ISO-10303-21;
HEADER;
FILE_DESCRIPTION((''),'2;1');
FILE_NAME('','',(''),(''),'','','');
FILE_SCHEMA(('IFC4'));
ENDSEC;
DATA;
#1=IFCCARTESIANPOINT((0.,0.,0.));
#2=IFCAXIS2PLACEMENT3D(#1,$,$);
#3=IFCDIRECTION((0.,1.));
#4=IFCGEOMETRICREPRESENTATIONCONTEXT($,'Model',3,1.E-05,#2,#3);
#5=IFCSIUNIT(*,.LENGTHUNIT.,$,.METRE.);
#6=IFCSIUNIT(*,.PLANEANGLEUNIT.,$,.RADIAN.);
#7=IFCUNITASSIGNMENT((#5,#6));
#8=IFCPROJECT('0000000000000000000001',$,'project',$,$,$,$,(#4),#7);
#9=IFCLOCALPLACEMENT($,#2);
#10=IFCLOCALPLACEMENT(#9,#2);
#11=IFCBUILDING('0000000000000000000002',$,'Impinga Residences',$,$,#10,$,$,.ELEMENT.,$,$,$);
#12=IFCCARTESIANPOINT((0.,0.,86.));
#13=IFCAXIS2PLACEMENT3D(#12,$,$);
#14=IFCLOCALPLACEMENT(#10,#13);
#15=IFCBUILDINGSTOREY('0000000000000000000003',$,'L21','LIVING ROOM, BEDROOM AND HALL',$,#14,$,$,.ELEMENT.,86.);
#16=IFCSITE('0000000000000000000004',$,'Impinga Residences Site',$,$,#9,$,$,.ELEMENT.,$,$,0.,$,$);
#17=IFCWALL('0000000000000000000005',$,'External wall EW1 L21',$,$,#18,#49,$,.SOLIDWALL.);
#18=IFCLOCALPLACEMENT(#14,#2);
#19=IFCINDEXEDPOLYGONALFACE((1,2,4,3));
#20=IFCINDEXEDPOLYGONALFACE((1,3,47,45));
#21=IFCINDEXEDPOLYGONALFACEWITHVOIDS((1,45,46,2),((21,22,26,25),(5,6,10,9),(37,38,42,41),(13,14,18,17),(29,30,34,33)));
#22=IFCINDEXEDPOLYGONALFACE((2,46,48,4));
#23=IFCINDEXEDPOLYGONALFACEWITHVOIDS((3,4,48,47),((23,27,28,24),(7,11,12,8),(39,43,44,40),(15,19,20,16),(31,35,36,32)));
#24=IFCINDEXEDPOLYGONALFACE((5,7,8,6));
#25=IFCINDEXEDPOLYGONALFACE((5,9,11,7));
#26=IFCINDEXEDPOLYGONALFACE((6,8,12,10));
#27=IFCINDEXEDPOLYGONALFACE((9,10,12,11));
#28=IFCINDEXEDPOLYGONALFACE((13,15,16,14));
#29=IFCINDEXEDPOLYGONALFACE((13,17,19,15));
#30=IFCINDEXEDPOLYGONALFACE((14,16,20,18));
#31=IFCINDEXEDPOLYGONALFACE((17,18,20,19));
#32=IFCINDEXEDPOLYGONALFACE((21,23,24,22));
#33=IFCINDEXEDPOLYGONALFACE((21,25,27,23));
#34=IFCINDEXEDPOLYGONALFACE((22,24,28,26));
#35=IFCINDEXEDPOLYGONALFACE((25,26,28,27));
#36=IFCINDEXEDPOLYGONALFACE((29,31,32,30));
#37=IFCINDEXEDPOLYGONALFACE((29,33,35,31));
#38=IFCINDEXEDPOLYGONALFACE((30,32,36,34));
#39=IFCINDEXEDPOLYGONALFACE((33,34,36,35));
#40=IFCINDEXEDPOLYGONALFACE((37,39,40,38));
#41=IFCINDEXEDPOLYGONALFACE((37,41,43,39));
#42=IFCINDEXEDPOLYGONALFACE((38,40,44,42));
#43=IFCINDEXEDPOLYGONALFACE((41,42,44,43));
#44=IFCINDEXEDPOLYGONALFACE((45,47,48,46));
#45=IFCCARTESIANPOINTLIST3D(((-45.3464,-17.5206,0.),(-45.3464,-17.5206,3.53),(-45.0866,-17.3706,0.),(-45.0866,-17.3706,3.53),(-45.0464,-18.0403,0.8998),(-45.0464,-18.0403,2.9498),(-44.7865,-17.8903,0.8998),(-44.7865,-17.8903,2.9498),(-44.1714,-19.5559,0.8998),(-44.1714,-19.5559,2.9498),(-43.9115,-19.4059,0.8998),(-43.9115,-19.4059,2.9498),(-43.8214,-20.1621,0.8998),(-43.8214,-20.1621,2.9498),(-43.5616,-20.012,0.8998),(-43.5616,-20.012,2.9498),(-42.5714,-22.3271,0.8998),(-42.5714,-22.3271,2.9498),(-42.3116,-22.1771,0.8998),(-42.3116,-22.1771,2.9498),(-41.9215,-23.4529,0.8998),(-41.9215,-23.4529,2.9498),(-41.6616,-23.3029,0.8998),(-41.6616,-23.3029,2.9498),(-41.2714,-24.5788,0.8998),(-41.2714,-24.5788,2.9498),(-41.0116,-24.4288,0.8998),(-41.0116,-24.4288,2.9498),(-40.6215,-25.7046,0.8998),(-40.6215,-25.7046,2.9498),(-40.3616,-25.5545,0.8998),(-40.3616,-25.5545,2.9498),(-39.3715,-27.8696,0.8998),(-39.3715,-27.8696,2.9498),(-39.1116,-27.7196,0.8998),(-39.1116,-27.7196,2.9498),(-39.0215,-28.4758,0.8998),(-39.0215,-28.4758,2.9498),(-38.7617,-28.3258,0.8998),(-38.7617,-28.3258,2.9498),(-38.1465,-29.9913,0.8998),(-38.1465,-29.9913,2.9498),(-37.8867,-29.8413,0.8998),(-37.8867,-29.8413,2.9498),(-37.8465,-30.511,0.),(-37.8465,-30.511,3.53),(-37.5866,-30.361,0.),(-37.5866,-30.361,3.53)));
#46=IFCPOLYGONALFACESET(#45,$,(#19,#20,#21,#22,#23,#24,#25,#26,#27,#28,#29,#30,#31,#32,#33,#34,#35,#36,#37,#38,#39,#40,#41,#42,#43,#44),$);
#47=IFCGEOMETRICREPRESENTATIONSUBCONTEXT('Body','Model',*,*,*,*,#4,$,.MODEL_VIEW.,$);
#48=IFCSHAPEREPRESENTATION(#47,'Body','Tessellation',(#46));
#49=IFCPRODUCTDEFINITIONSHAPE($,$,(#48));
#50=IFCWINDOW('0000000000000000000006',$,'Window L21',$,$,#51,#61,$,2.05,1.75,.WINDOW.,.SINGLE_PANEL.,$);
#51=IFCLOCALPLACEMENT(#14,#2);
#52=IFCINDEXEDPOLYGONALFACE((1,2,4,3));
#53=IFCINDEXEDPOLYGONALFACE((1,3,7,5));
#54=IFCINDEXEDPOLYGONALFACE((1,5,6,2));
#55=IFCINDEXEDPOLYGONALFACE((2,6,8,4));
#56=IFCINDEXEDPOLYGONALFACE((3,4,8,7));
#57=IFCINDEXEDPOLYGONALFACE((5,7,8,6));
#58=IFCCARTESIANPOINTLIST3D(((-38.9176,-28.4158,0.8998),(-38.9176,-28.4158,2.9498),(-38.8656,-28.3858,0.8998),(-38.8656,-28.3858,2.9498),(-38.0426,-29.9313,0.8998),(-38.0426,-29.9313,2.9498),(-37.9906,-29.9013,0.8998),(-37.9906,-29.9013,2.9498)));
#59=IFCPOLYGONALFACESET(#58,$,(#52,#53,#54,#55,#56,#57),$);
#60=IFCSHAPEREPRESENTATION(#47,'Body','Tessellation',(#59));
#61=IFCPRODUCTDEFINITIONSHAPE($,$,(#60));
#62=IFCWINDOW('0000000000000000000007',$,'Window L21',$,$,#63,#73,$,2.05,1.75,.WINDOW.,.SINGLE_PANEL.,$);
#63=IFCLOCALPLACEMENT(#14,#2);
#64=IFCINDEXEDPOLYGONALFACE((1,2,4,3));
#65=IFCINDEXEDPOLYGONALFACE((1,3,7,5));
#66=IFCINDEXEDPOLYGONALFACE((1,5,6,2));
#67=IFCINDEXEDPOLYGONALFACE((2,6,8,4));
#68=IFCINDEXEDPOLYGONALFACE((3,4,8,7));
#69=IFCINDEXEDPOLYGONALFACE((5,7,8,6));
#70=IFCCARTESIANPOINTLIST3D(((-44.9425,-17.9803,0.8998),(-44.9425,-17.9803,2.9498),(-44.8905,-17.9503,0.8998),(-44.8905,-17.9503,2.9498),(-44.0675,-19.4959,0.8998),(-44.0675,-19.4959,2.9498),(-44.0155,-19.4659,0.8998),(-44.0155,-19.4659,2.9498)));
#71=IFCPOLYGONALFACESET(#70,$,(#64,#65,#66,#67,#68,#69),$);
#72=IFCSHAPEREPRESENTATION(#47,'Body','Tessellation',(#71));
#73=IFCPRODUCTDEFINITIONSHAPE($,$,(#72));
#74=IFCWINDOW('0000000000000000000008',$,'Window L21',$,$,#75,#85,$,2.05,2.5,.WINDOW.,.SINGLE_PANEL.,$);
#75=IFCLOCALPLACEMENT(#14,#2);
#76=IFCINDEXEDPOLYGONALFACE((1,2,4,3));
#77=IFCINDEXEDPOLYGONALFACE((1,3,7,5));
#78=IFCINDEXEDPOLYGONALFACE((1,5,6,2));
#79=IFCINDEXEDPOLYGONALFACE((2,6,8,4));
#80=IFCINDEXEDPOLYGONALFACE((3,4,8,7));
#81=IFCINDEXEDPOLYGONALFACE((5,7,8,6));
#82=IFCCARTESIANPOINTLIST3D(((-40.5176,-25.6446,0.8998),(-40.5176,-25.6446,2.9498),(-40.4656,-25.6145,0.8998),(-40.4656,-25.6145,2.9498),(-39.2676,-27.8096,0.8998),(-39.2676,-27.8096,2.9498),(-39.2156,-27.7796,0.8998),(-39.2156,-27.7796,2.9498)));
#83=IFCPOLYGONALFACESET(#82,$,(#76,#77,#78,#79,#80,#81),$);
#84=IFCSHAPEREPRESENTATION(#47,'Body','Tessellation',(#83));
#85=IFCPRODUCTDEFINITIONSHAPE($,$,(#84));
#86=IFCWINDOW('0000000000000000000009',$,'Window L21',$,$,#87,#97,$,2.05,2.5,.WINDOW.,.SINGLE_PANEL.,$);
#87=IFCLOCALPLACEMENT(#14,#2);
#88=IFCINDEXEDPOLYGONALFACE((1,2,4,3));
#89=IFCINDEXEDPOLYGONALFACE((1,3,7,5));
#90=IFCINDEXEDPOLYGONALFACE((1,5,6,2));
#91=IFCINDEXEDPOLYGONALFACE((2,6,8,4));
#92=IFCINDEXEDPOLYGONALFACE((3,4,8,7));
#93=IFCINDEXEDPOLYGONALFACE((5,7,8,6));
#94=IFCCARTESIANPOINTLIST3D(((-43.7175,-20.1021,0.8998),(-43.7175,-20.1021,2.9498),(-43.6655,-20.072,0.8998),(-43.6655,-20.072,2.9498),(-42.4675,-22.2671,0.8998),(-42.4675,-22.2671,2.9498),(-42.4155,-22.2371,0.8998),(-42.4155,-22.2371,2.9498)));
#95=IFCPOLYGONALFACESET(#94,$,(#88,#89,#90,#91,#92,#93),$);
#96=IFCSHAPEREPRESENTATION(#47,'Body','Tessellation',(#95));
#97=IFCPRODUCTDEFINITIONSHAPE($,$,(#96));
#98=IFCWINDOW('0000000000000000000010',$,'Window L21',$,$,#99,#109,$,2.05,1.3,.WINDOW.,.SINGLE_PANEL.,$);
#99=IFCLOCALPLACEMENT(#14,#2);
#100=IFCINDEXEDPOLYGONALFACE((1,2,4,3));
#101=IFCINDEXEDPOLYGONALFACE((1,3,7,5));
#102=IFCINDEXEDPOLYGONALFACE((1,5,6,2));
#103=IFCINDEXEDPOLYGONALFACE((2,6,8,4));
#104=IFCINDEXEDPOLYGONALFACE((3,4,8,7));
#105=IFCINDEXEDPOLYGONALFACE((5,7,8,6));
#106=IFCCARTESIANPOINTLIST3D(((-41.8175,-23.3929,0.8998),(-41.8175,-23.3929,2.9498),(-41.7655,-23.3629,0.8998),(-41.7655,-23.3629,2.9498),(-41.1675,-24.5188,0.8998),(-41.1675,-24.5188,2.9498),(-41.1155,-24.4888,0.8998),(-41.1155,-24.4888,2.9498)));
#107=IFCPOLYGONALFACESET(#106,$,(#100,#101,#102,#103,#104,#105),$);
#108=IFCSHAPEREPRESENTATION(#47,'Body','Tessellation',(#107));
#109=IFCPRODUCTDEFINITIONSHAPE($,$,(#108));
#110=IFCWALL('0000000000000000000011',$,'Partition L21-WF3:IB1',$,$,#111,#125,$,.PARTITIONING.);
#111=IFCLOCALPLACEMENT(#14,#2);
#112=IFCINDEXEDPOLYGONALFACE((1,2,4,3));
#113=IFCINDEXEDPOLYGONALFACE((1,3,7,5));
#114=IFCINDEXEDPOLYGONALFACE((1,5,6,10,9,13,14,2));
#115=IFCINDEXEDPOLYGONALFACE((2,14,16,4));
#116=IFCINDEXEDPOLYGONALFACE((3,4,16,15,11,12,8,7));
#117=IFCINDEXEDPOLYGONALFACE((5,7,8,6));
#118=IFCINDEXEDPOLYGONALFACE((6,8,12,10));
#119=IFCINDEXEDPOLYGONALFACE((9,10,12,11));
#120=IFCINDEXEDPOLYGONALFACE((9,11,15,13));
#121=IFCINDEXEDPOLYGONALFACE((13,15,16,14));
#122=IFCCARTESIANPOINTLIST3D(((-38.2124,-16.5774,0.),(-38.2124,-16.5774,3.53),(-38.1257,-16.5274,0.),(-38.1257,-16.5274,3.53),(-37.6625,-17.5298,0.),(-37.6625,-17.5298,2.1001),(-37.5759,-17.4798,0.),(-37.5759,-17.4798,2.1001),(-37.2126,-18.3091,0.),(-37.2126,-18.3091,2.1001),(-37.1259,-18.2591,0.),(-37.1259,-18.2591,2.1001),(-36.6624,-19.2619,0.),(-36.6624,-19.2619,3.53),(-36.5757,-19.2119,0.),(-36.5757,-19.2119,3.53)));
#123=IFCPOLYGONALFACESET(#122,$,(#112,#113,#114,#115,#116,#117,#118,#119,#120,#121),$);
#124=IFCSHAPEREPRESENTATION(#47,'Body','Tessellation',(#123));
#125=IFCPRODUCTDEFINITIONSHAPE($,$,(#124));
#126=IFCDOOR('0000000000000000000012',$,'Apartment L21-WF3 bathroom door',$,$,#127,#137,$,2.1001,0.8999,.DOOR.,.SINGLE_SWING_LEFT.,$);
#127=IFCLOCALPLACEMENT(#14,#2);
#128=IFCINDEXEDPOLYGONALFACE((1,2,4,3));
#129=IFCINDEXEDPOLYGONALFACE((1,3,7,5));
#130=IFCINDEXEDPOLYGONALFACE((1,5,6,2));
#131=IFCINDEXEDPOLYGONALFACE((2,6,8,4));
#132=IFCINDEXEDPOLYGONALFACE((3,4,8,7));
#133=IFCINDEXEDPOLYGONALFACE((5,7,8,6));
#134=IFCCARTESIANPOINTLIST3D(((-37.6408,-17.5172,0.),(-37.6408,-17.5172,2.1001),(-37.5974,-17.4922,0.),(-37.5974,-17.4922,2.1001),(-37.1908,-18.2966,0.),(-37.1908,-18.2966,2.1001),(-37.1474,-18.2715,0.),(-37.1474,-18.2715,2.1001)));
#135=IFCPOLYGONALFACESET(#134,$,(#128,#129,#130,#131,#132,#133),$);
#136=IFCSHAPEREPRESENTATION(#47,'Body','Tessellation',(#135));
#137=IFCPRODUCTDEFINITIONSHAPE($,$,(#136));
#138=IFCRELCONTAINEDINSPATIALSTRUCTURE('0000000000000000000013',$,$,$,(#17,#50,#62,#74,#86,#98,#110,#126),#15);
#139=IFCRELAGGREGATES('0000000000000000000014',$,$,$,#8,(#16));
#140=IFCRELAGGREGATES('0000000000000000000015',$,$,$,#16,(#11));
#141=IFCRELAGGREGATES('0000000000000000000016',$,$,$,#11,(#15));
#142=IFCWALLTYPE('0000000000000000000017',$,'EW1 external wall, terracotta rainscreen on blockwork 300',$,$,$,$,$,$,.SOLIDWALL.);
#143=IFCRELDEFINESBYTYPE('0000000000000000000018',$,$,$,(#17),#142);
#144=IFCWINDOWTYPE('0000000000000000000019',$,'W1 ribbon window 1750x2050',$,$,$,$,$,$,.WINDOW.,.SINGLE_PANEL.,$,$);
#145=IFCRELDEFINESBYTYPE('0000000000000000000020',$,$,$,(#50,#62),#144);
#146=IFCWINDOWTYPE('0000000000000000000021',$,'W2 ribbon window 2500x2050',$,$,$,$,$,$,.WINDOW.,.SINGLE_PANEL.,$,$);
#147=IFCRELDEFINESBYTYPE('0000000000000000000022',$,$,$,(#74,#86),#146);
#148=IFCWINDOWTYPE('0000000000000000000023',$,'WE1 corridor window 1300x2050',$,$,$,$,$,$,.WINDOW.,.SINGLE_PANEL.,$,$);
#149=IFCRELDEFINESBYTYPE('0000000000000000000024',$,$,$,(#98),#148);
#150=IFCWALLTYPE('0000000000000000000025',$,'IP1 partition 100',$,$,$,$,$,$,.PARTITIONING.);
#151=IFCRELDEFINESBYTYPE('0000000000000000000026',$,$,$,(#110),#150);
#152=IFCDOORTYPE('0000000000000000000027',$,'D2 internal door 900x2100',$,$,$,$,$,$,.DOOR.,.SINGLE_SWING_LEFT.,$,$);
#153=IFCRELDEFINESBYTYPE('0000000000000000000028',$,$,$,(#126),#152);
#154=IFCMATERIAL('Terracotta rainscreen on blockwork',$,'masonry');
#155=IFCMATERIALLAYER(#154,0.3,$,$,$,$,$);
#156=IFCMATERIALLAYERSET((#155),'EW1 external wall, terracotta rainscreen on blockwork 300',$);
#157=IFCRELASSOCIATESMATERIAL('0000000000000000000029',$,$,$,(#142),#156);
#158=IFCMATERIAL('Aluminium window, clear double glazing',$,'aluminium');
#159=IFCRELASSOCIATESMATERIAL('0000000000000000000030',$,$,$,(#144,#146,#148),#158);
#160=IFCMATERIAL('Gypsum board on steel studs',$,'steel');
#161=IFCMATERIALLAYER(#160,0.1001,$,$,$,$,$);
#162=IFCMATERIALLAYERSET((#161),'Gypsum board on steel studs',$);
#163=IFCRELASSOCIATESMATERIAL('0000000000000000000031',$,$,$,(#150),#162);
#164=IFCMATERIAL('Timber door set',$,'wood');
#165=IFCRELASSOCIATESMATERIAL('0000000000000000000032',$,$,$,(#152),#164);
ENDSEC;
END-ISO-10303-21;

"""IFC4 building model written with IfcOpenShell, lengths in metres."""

from ifc_helpers import new_model, si_unit, direction, frame, frame_2d, origin, place, context, subcontext, project, spatial, rectangle, extrude, material, layer, layer_set, type_object, element, fill, save


model = new_model("IFC4")

# Units and contexts
model_context = context("Model", 3, precision=1e-05, world=origin(), true_north=direction((0.0, 1.0)))
body_context = subcontext(model_context, "Body", "Model", "MODEL_VIEW")
ifc_project = project(units=[si_unit("LENGTHUNIT", "METRE"), si_unit("PLANEANGLEUNIT", "RADIAN")], contexts=[model_context])

# Site, building, storey
site_placement = place(None, origin())
site = spatial("IfcSite", under=ifc_project, at=site_placement, Name="Impinga Residences Site", CompositionType="ELEMENT", RefElevation=0.0)
building_placement = place(site_placement, origin())
building = spatial("IfcBuilding", under=site, at=building_placement, Name="Impinga Residences", CompositionType="ELEMENT")
storey_placement = place(building_placement, frame((0.0, 0.0, 86.0)))
storey = spatial("IfcBuildingStorey", under=building, at=storey_placement, Name="L21", Description="LIVING ROOM, BEDROOM AND HALL", CompositionType="ELEMENT", Elevation=86.0)

# Shared definitions
ifc_material_1 = material(Name="Terracotta rainscreen on blockwork", Category="masonry")
ifc_layer_1 = layer(ifc_material_1, 0.3)
ifc_layer_set_1 = layer_set([ifc_layer_1], Name="EW1 external wall, terracotta rainscreen on blockwork 300")
wall_type_1 = type_object("IfcWallType", Name="EW1 external wall, terracotta rainscreen on blockwork 300", PredefinedType="SOLIDWALL", material=ifc_layer_set_1)

# Wall, openings, windows
wall_1_placement = place(storey_placement, frame((-37.7166, -30.436, 0.0), z_axis=(0.0, 0.0, 1.0), x_axis=(-0.499997, 0.866027, 0.0)))
wall_1 = element("IfcWall", 1, at=wall_1_placement, inside=storey, type_object=wall_type_1, Name="External wall EW1 L21", PredefinedType="SOLIDWALL", context=body_context, shape_type="SweptSolid", body=[
    extrude(rectangle(XDim=15.0, YDim=0.3, at=frame_2d((7.5, 0.0))), origin(), (0.0, 0.0, 1.0), 3.53),
])
opening_1_placement = place(wall_1_placement, frame((0.6001, 0.0, 0.8999)))
opening_1 = element("IfcOpeningElement", 2, at=opening_1_placement, cuts=wall_1, PredefinedType="OPENING", context=body_context, shape_type="SweptSolid", body=[
    extrude(rectangle(XDim=1.75, YDim=2.05, at=frame_2d((0.875, 1.0249))), frame((0.0, 0.1599, 0.0), z_axis=(0.0, -1.0, 0.0), x_axis=(1.0, 0.0, 0.0)), (0.0, 0.0, 1.0), 0.3201),
])
opening_2_placement = place(wall_1_placement, frame((3.05, 0.0, 0.8999)))
opening_2 = element("IfcOpeningElement", 3, at=opening_2_placement, cuts=wall_1, PredefinedType="OPENING", context=body_context, shape_type="SweptSolid", body=[
    extrude(rectangle(XDim=2.5, YDim=2.05, at=frame_2d((1.25, 1.0249))), frame((0.0, 0.1599, 0.0), z_axis=(0.0, -1.0, 0.0), x_axis=(1.0, 0.0, 0.0)), (0.0, 0.0, 1.0), 0.3201),
])
opening_3_placement = place(wall_1_placement, frame((6.8501, 0.0, 0.8999)))
opening_3 = element("IfcOpeningElement", 4, at=opening_3_placement, cuts=wall_1, PredefinedType="OPENING", context=body_context, shape_type="SweptSolid", body=[
    extrude(rectangle(XDim=1.3, YDim=2.05, at=frame_2d((0.6499, 1.0249))), frame((0.0, 0.1599, 0.0), z_axis=(0.0, -1.0, 0.0), x_axis=(1.0, 0.0, 0.0)), (0.0, 0.0, 1.0), 0.3201),
])
opening_4_placement = place(wall_1_placement, frame((9.45, 0.0, 0.8999)))
opening_4 = element("IfcOpeningElement", 5, at=opening_4_placement, cuts=wall_1, PredefinedType="OPENING", context=body_context, shape_type="SweptSolid", body=[
    extrude(rectangle(XDim=2.5, YDim=2.05, at=frame_2d((1.25, 1.0249))), frame((0.0, 0.1599, 0.0), z_axis=(0.0, -1.0, 0.0), x_axis=(1.0, 0.0, 0.0)), (0.0, 0.0, 1.0), 0.3201),
])
opening_5_placement = place(wall_1_placement, frame((12.6499, 0.0, 0.8999)))
opening_5 = element("IfcOpeningElement", 6, at=opening_5_placement, cuts=wall_1, PredefinedType="OPENING", context=body_context, shape_type="SweptSolid", body=[
    extrude(rectangle(XDim=1.75, YDim=2.05, at=frame_2d((0.875, 1.0249))), frame((0.0, 0.1599, 0.0), z_axis=(0.0, -1.0, 0.0), x_axis=(1.0, 0.0, 0.0)), (0.0, 0.0, 1.0), 0.3201),
])
ifc_material_2 = material(Name="Aluminium window, clear double glazing", Category="aluminium")
window_type_1 = type_object("IfcWindowType", Name="W1 ribbon window 1750x2050", PartitioningType="SINGLE_PANEL", PredefinedType="WINDOW", material=ifc_material_2)
window_1_placement = place(opening_1_placement, origin())
window_1 = element("IfcWindow", 7, at=window_1_placement, inside=storey, type_object=window_type_1, Name="Window L21", OverallHeight=2.05, OverallWidth=1.75, PartitioningType="SINGLE_PANEL", PredefinedType="WINDOW", context=body_context, shape_type="SweptSolid", body=[
    extrude(rectangle(XDim=1.75, YDim=2.05, at=frame_2d((0.875, 1.0249))), frame((0.0, 0.03, 0.0), z_axis=(0.0, -1.0, 0.0), x_axis=(1.0, 0.0, 0.0)), (0.0, 0.0, 1.0), 0.0601),
])
fill(opening_1, window_1)
window_2_placement = place(opening_5_placement, origin())
window_2 = element("IfcWindow", 8, at=window_2_placement, inside=storey, type_object=window_type_1, Name="Window L21", OverallHeight=2.05, OverallWidth=1.75, PartitioningType="SINGLE_PANEL", PredefinedType="WINDOW", context=body_context, shape_type="SweptSolid", body=[
    extrude(rectangle(XDim=1.75, YDim=2.05, at=frame_2d((0.875, 1.0249))), frame((0.0, 0.03, 0.0), z_axis=(0.0, -1.0, 0.0), x_axis=(1.0, 0.0, 0.0)), (0.0, 0.0, 1.0), 0.0601),
])
fill(opening_5, window_2)
window_type_2 = type_object("IfcWindowType", Name="W2 ribbon window 2500x2050", PartitioningType="SINGLE_PANEL", PredefinedType="WINDOW", material=ifc_material_2)
window_3_placement = place(opening_2_placement, origin())
window_3 = element("IfcWindow", 9, at=window_3_placement, inside=storey, type_object=window_type_2, Name="Window L21", OverallHeight=2.05, OverallWidth=2.5, PartitioningType="SINGLE_PANEL", PredefinedType="WINDOW", context=body_context, shape_type="SweptSolid", body=[
    extrude(rectangle(XDim=2.5, YDim=2.05, at=frame_2d((1.25, 1.0249))), frame((0.0, 0.03, 0.0), z_axis=(0.0, -1.0, 0.0), x_axis=(1.0, 0.0, 0.0)), (0.0, 0.0, 1.0), 0.0601),
])
fill(opening_2, window_3)
window_4_placement = place(opening_4_placement, origin())
window_4 = element("IfcWindow", 10, at=window_4_placement, inside=storey, type_object=window_type_2, Name="Window L21", OverallHeight=2.05, OverallWidth=2.5, PartitioningType="SINGLE_PANEL", PredefinedType="WINDOW", context=body_context, shape_type="SweptSolid", body=[
    extrude(rectangle(XDim=2.5, YDim=2.05, at=frame_2d((1.25, 1.0249))), frame((0.0, 0.03, 0.0), z_axis=(0.0, -1.0, 0.0), x_axis=(1.0, 0.0, 0.0)), (0.0, 0.0, 1.0), 0.0601),
])
fill(opening_4, window_4)
window_type_3 = type_object("IfcWindowType", Name="WE1 corridor window 1300x2050", PartitioningType="SINGLE_PANEL", PredefinedType="WINDOW", material=ifc_material_2)
window_5_placement = place(opening_3_placement, origin())
window_5 = element("IfcWindow", 11, at=window_5_placement, inside=storey, type_object=window_type_3, Name="Window L21", OverallHeight=2.05, OverallWidth=1.3, PartitioningType="SINGLE_PANEL", PredefinedType="WINDOW", context=body_context, shape_type="SweptSolid", body=[
    extrude(rectangle(XDim=1.3, YDim=2.05, at=frame_2d((0.6499, 1.0249))), frame((0.0, 0.03, 0.0), z_axis=(0.0, -1.0, 0.0), x_axis=(1.0, 0.0, 0.0)), (0.0, 0.0, 1.0), 0.0601),
])
fill(opening_3, window_5)

# Wall, opening, door
ifc_material_3 = material(Name="Gypsum board on steel studs", Category="steel")
ifc_layer_2 = layer(ifc_material_3, 0.1001)
ifc_layer_set_2 = layer_set([ifc_layer_2], Name="Gypsum board on steel studs")
wall_type_2 = type_object("IfcWallType", Name="IP1 partition 100", PredefinedType="PARTITIONING", material=ifc_layer_set_2)
wall_2_placement = place(storey_placement, frame((-36.6191, -19.2368, 0.0), z_axis=(0.0, 0.0, 1.0), x_axis=(-0.500027, 0.86601, 0.0)))
wall_2 = element("IfcWall", 12, at=wall_2_placement, inside=storey, type_object=wall_type_2, Name="Partition L21-WF3:IB1", PredefinedType="PARTITIONING", context=body_context, shape_type="SweptSolid", body=[
    extrude(rectangle(XDim=3.0999, YDim=0.1001, at=frame_2d((1.5498, 0.0))), origin(), (0.0, 0.0, 1.0), 3.53),
])
opening_6_placement = place(wall_2_placement, frame((1.1001, 0.0, 0.0)))
opening_6 = element("IfcOpeningElement", 13, at=opening_6_placement, cuts=wall_2, PredefinedType="OPENING", context=body_context, shape_type="SweptSolid", body=[
    extrude(rectangle(XDim=0.8999, YDim=2.1001, at=frame_2d((0.45, 1.05))), frame((0.0, 0.0601, 0.0), z_axis=(0.0, -1.0, 0.0), x_axis=(1.0, 0.0, 0.0)), (0.0, 0.0, 1.0), 0.1201),
])
ifc_material_4 = material(Name="Timber door set", Category="wood")
door_type = type_object("IfcDoorType", Name="D2 internal door 900x2100", OperationType="SINGLE_SWING_LEFT", PredefinedType="DOOR", material=ifc_material_4)
door_placement = place(opening_6_placement, origin())
door = element("IfcDoor", 14, at=door_placement, inside=storey, type_object=door_type, Name="Apartment L21-WF3 bathroom door", OperationType="SINGLE_SWING_LEFT", OverallHeight=2.1001, OverallWidth=0.8999, PredefinedType="DOOR", context=body_context, shape_type="SweptSolid", body=[
    extrude(rectangle(XDim=0.8999, YDim=2.1001, at=frame_2d((0.45, 1.05))), frame((0.0, 0.0249, 0.0), z_axis=(0.0, -1.0, 0.0), x_axis=(1.0, 0.0, 0.0)), (0.0, 0.0, 1.0), 0.05),
])
fill(opening_6, door)

save(model, "model.ifc")
